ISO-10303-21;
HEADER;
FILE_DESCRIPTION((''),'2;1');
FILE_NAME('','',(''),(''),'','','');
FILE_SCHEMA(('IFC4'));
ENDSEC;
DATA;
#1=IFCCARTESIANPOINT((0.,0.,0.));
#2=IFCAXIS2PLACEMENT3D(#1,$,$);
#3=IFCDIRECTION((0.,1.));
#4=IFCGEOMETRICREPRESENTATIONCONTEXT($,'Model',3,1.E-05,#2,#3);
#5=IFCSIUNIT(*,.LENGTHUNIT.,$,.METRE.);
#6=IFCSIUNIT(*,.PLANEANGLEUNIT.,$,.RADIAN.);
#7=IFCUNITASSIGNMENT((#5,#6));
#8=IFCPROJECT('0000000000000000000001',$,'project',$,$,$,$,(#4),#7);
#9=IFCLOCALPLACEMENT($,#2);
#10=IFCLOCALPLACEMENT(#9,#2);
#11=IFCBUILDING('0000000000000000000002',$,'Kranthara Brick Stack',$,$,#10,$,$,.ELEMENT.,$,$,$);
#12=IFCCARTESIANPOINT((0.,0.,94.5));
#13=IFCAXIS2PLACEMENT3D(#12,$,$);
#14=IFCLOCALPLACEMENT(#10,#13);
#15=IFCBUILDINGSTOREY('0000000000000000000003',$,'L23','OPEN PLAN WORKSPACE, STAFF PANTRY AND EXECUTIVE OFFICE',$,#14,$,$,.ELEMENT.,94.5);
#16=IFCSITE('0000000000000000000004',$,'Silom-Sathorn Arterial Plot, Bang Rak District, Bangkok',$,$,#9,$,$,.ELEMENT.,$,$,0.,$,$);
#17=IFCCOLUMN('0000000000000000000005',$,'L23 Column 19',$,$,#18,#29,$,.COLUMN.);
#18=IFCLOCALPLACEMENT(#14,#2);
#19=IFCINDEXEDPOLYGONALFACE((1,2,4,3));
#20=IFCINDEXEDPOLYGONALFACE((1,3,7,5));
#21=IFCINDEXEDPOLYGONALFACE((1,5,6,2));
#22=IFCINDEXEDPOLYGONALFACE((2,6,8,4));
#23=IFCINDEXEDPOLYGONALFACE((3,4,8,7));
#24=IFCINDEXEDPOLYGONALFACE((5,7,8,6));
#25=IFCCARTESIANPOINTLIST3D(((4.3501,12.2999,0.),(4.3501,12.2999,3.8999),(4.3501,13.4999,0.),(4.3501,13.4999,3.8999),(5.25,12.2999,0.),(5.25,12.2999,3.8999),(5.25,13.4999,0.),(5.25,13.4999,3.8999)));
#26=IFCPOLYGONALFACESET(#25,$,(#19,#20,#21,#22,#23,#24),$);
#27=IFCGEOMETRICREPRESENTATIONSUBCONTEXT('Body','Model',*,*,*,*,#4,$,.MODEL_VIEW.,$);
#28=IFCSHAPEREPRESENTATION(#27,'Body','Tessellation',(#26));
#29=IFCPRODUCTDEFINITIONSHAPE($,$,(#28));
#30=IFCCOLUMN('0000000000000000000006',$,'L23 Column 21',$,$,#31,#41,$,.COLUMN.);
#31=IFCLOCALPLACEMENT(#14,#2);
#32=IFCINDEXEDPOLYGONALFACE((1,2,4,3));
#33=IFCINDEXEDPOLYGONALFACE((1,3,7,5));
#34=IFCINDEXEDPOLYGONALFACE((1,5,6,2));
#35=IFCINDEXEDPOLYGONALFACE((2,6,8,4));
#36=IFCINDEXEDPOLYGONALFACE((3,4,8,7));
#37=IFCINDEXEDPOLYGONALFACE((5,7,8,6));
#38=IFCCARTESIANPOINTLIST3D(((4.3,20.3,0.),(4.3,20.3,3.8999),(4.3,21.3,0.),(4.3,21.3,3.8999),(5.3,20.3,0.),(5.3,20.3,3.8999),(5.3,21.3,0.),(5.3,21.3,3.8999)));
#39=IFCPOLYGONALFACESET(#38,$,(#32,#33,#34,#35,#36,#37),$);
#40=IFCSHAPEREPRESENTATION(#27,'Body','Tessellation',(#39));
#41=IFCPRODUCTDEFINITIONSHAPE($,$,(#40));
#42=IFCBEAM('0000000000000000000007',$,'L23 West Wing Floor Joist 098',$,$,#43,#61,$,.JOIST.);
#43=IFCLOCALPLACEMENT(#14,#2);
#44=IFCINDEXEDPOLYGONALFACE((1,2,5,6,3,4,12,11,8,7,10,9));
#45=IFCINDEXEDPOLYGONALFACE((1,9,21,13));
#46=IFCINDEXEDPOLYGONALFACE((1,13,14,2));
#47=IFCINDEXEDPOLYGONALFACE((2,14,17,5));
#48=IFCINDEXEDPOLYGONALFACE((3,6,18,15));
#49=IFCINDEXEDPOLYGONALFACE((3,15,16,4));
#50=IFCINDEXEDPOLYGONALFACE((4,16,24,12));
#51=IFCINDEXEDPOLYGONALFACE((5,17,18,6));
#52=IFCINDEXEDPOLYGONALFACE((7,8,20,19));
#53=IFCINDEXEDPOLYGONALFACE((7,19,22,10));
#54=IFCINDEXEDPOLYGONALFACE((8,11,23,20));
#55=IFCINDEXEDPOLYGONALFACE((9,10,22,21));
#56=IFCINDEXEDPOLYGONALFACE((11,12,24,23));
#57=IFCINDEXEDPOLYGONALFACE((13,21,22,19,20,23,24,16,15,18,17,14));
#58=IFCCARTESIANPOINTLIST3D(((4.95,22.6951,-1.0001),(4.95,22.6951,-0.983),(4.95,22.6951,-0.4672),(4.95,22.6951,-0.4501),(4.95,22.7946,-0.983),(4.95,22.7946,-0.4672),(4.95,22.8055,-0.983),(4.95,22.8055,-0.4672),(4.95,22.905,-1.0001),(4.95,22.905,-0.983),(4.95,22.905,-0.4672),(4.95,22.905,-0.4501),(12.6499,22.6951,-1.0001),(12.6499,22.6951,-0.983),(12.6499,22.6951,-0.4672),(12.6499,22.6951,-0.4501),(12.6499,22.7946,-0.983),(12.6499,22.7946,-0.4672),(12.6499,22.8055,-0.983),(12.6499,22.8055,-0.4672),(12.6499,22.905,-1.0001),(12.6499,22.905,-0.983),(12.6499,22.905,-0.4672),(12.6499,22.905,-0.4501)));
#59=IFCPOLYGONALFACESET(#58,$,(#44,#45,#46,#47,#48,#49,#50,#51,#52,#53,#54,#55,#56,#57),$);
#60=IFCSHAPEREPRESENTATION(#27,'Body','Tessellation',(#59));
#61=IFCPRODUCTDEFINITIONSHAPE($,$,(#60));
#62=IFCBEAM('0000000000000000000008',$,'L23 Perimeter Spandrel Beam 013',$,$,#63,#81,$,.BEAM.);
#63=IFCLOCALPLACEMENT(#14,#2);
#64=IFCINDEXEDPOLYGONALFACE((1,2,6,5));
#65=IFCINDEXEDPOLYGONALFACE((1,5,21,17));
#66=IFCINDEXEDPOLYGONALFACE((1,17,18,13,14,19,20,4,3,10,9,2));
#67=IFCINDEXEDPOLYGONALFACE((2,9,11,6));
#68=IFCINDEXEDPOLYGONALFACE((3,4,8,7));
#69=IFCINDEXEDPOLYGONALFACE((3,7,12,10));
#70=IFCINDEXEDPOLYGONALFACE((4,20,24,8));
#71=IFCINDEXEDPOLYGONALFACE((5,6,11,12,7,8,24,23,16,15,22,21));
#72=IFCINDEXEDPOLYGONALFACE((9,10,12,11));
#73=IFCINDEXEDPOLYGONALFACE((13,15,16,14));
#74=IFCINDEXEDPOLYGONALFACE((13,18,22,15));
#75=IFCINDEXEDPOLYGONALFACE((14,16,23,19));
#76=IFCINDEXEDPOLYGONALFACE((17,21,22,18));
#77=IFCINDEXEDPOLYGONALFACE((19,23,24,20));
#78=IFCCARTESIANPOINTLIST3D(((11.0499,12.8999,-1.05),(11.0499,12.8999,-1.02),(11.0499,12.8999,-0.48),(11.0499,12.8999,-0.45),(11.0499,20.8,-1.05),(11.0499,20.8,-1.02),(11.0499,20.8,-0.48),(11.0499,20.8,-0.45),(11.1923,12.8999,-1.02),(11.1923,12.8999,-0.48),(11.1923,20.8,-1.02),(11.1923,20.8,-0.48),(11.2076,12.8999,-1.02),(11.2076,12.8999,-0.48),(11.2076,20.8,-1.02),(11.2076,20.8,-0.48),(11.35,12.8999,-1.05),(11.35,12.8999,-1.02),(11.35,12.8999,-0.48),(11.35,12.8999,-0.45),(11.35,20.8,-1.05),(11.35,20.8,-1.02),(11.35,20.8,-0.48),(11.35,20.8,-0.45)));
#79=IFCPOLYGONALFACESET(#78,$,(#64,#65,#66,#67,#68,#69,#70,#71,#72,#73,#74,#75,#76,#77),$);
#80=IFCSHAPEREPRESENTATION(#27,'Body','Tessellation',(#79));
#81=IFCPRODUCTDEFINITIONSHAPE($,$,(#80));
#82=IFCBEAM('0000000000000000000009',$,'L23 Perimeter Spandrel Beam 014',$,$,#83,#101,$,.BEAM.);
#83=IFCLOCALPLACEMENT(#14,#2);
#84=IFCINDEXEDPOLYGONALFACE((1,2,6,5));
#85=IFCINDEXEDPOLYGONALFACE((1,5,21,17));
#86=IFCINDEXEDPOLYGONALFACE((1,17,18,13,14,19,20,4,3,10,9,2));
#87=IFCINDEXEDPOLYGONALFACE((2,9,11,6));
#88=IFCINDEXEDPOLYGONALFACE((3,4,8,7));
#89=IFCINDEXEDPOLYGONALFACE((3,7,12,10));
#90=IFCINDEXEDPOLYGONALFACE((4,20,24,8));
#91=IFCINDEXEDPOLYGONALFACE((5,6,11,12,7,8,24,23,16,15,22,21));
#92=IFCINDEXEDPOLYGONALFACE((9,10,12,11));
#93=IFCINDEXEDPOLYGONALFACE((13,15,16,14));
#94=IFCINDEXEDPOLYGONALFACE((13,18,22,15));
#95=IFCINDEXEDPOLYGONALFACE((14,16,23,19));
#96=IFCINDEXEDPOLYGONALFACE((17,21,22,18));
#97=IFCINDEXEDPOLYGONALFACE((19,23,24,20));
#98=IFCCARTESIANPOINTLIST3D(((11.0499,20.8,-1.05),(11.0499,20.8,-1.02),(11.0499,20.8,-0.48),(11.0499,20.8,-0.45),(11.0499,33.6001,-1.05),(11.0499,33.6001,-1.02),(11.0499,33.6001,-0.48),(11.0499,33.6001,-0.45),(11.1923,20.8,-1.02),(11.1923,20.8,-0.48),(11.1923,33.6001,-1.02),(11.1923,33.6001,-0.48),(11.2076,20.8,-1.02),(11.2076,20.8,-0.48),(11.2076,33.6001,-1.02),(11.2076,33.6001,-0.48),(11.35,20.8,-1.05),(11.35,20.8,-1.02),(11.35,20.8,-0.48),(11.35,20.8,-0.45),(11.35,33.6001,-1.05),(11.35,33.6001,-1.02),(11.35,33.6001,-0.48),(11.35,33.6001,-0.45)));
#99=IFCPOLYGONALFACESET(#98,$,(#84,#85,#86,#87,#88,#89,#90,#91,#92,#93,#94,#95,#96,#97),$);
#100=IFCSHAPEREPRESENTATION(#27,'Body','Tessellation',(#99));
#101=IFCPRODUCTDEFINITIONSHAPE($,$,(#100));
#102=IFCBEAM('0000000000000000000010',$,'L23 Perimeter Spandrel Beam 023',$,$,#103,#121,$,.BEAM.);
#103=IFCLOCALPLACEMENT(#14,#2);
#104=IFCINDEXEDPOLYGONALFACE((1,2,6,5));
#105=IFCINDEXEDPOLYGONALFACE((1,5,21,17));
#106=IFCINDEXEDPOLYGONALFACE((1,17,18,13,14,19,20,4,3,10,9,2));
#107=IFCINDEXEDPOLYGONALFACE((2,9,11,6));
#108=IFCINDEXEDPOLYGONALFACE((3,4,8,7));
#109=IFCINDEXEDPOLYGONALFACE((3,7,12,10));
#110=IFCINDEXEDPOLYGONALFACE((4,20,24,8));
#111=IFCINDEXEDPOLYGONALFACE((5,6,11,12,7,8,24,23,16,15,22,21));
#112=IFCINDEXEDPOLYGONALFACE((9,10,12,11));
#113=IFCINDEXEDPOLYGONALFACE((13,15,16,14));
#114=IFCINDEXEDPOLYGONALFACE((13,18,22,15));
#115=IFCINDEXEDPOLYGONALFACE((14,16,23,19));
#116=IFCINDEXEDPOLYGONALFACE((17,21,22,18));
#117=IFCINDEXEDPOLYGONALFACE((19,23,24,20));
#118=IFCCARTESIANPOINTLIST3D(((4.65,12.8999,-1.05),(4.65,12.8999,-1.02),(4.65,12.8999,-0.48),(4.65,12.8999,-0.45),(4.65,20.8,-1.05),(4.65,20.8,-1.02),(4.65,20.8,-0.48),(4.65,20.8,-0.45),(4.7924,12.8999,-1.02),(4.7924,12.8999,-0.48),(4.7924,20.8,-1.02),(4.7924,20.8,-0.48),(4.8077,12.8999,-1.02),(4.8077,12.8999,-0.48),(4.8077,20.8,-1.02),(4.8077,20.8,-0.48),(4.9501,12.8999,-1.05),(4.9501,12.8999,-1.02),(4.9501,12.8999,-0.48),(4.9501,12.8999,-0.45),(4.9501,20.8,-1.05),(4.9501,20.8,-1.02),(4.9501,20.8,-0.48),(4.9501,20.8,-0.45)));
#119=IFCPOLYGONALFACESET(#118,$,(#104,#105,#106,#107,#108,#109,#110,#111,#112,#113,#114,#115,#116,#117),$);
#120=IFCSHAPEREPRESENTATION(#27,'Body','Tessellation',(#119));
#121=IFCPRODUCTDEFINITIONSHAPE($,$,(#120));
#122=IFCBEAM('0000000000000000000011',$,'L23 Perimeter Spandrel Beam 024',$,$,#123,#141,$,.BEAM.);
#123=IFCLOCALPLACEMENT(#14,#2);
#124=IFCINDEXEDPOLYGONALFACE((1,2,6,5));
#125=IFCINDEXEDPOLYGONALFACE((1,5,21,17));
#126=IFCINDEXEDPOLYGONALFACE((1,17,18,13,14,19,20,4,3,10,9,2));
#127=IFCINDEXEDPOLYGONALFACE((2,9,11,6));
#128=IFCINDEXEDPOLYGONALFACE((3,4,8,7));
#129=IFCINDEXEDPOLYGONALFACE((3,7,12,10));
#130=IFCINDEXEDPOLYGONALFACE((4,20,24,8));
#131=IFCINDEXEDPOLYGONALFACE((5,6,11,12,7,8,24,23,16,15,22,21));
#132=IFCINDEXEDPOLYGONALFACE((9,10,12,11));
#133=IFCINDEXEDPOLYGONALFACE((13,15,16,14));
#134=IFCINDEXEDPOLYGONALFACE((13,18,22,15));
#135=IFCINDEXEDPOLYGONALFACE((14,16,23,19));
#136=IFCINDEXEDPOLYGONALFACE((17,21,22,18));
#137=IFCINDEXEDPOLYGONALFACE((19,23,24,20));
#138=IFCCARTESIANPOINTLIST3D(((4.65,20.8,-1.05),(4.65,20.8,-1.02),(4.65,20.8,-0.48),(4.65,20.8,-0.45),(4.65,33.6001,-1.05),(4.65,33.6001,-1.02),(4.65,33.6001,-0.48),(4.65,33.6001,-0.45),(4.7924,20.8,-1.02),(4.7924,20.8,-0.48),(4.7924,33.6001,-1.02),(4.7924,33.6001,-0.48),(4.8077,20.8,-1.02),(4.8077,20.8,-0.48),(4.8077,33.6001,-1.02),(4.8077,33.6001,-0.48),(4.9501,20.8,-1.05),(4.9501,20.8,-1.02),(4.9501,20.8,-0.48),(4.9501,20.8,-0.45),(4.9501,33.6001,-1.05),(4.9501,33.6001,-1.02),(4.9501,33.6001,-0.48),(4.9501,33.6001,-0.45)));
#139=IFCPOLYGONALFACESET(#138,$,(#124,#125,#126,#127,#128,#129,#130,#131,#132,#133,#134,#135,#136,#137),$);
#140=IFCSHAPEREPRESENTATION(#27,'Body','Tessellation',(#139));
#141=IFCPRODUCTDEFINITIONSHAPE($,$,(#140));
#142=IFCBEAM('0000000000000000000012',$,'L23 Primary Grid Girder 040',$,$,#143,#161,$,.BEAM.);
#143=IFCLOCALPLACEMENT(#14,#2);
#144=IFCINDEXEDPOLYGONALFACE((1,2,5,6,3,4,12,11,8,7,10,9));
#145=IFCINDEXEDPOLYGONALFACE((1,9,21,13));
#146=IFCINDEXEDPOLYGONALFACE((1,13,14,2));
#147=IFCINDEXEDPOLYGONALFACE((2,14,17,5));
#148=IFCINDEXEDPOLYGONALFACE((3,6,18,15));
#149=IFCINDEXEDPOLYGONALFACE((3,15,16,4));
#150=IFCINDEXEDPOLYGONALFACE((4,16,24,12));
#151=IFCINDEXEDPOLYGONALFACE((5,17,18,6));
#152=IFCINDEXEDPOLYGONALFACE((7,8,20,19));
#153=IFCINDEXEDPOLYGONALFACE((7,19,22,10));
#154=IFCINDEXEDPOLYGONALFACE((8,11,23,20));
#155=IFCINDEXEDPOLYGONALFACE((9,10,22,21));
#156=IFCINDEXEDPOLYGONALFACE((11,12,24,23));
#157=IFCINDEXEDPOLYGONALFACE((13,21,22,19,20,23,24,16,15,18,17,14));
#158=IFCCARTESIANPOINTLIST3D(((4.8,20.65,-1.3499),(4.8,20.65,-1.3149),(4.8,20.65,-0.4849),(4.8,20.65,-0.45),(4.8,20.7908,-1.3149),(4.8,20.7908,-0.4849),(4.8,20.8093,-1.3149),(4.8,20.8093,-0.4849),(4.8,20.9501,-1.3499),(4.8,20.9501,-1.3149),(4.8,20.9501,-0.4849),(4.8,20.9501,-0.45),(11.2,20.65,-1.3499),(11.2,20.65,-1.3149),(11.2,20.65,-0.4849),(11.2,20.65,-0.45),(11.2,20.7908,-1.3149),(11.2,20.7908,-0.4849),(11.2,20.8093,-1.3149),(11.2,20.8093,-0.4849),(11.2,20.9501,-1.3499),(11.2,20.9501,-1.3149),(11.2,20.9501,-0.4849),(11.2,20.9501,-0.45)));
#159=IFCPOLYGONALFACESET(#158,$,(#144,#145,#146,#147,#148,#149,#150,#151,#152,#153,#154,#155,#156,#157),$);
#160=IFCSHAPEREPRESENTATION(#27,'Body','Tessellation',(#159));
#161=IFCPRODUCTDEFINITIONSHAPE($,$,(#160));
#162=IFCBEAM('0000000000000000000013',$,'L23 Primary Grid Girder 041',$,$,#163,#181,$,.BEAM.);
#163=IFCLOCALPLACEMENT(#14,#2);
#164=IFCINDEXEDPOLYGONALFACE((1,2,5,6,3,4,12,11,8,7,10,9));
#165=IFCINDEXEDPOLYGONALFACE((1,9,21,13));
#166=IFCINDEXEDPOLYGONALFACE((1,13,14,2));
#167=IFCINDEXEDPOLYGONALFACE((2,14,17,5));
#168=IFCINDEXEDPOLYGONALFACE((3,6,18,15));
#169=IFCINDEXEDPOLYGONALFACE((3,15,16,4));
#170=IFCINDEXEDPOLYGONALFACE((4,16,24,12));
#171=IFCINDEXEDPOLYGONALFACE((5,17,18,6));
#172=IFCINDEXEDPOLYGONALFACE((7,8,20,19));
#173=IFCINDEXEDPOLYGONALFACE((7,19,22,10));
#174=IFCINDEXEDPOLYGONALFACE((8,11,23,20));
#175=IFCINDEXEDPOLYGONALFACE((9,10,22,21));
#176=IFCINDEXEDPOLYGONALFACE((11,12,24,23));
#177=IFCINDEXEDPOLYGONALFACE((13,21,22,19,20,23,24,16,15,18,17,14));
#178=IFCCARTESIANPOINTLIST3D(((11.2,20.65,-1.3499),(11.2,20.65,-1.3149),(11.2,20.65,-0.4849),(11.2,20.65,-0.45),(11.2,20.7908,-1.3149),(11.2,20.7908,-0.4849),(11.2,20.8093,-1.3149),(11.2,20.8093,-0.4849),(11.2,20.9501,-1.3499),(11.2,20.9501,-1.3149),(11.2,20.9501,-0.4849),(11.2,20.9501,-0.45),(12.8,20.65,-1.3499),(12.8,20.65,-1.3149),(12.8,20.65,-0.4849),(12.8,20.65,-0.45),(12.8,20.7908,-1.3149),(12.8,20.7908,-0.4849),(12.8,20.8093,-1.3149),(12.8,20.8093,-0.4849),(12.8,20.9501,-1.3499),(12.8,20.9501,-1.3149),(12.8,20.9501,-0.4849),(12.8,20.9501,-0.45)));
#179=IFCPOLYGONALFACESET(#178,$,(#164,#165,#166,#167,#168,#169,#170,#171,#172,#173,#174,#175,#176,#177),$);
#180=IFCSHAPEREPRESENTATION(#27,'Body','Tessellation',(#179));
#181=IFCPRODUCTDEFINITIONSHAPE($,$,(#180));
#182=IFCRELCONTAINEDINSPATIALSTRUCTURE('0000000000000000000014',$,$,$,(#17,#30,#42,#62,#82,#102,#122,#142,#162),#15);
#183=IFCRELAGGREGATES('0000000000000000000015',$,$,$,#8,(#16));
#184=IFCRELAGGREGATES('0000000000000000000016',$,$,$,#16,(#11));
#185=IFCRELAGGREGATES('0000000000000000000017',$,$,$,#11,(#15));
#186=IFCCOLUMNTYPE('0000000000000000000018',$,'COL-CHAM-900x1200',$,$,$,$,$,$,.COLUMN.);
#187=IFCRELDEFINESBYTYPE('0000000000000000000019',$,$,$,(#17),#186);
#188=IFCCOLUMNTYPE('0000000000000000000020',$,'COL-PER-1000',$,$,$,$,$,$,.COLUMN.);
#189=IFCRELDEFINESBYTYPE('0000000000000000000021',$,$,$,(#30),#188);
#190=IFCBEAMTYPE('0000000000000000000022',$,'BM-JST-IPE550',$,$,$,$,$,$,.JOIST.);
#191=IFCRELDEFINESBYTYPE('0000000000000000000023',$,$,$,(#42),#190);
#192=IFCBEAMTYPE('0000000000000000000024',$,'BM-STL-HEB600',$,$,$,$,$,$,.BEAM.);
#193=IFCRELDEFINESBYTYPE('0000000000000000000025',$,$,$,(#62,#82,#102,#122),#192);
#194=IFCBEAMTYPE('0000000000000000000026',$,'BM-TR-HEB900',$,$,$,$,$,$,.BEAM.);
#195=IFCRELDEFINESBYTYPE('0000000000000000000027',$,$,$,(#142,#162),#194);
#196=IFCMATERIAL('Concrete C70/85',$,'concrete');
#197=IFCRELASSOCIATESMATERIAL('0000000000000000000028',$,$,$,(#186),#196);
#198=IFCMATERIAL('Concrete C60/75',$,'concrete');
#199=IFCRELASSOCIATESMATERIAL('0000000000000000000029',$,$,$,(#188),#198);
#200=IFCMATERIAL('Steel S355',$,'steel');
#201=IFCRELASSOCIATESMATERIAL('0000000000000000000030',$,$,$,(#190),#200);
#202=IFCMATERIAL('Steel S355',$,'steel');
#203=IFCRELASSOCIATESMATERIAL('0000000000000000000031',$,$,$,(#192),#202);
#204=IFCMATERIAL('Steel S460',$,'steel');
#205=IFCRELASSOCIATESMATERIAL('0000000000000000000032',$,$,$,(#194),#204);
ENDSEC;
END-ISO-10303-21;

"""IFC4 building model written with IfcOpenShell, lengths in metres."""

from ifc_helpers import new_model, si_unit, direction, frame, origin, origin_2d, place, context, subcontext, project, spatial, rectangle, i_section, extrude, material, material_profile, profile_set, type_object, element, save


model = new_model("IFC4")

# Units and contexts
model_context = context("Model", 3, precision=1e-05, world=origin(), true_north=direction((0.0, 1.0)))
body_context = subcontext(model_context, "Body", "Model", "MODEL_VIEW")
ifc_project = project(units=[si_unit("LENGTHUNIT", "METRE"), si_unit("PLANEANGLEUNIT", "RADIAN")], contexts=[model_context])

# Site, building, storey
site_placement = place(None, origin())
site = spatial("IfcSite", under=ifc_project, at=site_placement, Name="Silom-Sathorn Arterial Plot, Bang Rak District, Bangkok", CompositionType="ELEMENT", RefElevation=0.0)
building_placement = place(site_placement, origin())
building = spatial("IfcBuilding", under=site, at=building_placement, Name="Kranthara Brick Stack", CompositionType="ELEMENT")
storey_placement = place(building_placement, frame((0.0, 0.0, 94.5)))
storey = spatial("IfcBuildingStorey", under=building, at=storey_placement, Name="L23", Description="OPEN PLAN WORKSPACE, STAFF PANTRY AND EXECUTIVE OFFICE", CompositionType="ELEMENT", Elevation=94.5)

# Columns
ifc_material_1 = material(Name="Concrete C70/85", Category="concrete")
ifc_material_profile_1 = material_profile(ifc_material_1, rectangle(XDim=0.8999, YDim=1.2, at=origin_2d()), Name="RC 900x1200")
ifc_profile_set_1 = profile_set([ifc_material_profile_1], Name="Concrete C70/85")
column_type_1 = type_object("IfcColumnType", Name="COL-CHAM-900x1200", PredefinedType="COLUMN", material=ifc_profile_set_1)
column_1_placement = place(storey_placement, frame((4.8, 12.8999, 0.0), z_axis=(0.0, 0.0, 1.0), x_axis=(1.0, 0.0, 0.0)))
element("IfcColumn", 1, at=column_1_placement, inside=storey, type_object=column_type_1, Name="L23 Column 19", PredefinedType="COLUMN", context=body_context, shape_type="SweptSolid", body=[
    extrude(rectangle(XDim=0.8999, YDim=1.2, at=origin_2d()), origin(), (0.0, 0.0, 1.0), 3.8999),
])
ifc_material_2 = material(Name="Concrete C60/75", Category="concrete")
ifc_material_profile_2 = material_profile(ifc_material_2, rectangle(XDim=1.0, YDim=1.0, at=origin_2d()), Name="RC 1000x1000")
ifc_profile_set_2 = profile_set([ifc_material_profile_2], Name="Concrete C60/75")
column_type_2 = type_object("IfcColumnType", Name="COL-PER-1000", PredefinedType="COLUMN", material=ifc_profile_set_2)
column_2_placement = place(storey_placement, frame((4.8, 20.8, 0.0), z_axis=(0.0, 0.0, 1.0), x_axis=(1.0, 0.0, 0.0)))
element("IfcColumn", 2, at=column_2_placement, inside=storey, type_object=column_type_2, Name="L23 Column 21", PredefinedType="COLUMN", context=body_context, shape_type="SweptSolid", body=[
    extrude(rectangle(XDim=1.0, YDim=1.0, at=origin_2d()), origin(), (0.0, 0.0, 1.0), 3.8999),
])

# Beams
ifc_material_3 = material(Name="Steel S355", Category="steel")
ifc_material_profile_3 = material_profile(ifc_material_3, i_section(OverallWidth=0.21, OverallDepth=0.55, WebThickness=0.011, FlangeThickness=0.0171, at=origin_2d()), Name="IPE 550")
ifc_profile_set_3 = profile_set([ifc_material_profile_3], Name="Steel S355")
beam_type_1 = type_object("IfcBeamType", Name="BM-JST-IPE550", PredefinedType="JOIST", material=ifc_profile_set_3)
beam_1_placement = place(storey_placement, frame((4.95, 22.8, -0.7251), z_axis=(1.0, 0.0, 0.0), x_axis=(0.0, 1.0, 0.0)))
element("IfcBeam", 3, at=beam_1_placement, inside=storey, type_object=beam_type_1, Name="L23 West Wing Floor Joist 098", PredefinedType="JOIST", context=body_context, shape_type="SweptSolid", body=[
    extrude(i_section(OverallWidth=0.21, OverallDepth=0.55, WebThickness=0.011, FlangeThickness=0.0171, at=origin_2d()), origin(), (0.0, 0.0, 1.0), 7.7),
])
ifc_material_4 = material(Name="Steel S355", Category="steel")
ifc_material_profile_4 = material_profile(ifc_material_4, i_section(OverallWidth=0.3, OverallDepth=0.6001, WebThickness=0.0154, FlangeThickness=0.03, at=origin_2d()), Name="HEB 600")
ifc_profile_set_4 = profile_set([ifc_material_profile_4], Name="Steel S355")
beam_type_2 = type_object("IfcBeamType", Name="BM-STL-HEB600", PredefinedType="BEAM", material=ifc_profile_set_4)
beam_2_placement = place(storey_placement, frame((11.2, 12.8999, -0.75), z_axis=(0.0, 1.0, 0.0), x_axis=(-1.0, 0.0, 0.0)))
element("IfcBeam", 4, at=beam_2_placement, inside=storey, type_object=beam_type_2, Name="L23 Perimeter Spandrel Beam 013", PredefinedType="BEAM", context=body_context, shape_type="SweptSolid", body=[
    extrude(i_section(OverallWidth=0.3, OverallDepth=0.6001, WebThickness=0.0154, FlangeThickness=0.03, at=origin_2d()), origin(), (0.0, 0.0, 1.0), 7.9001),
])
beam_3_placement = place(storey_placement, frame((11.2, 20.8, -0.75), z_axis=(0.0, 1.0, 0.0), x_axis=(-1.0, 0.0, 0.0)))
element("IfcBeam", 5, at=beam_3_placement, inside=storey, type_object=beam_type_2, Name="L23 Perimeter Spandrel Beam 014", PredefinedType="BEAM", context=body_context, shape_type="SweptSolid", body=[
    extrude(i_section(OverallWidth=0.3, OverallDepth=0.6001, WebThickness=0.0154, FlangeThickness=0.03, at=origin_2d()), origin(), (0.0, 0.0, 1.0), 12.8),
])
beam_4_placement = place(storey_placement, frame((4.8, 12.8999, -0.75), z_axis=(0.0, 1.0, 0.0), x_axis=(-1.0, 0.0, 0.0)))
element("IfcBeam", 6, at=beam_4_placement, inside=storey, type_object=beam_type_2, Name="L23 Perimeter Spandrel Beam 023", PredefinedType="BEAM", context=body_context, shape_type="SweptSolid", body=[
    extrude(i_section(OverallWidth=0.3, OverallDepth=0.6001, WebThickness=0.0154, FlangeThickness=0.03, at=origin_2d()), origin(), (0.0, 0.0, 1.0), 7.9001),
])
beam_5_placement = place(storey_placement, frame((4.8, 20.8, -0.75), z_axis=(0.0, 1.0, 0.0), x_axis=(-1.0, 0.0, 0.0)))
element("IfcBeam", 7, at=beam_5_placement, inside=storey, type_object=beam_type_2, Name="L23 Perimeter Spandrel Beam 024", PredefinedType="BEAM", context=body_context, shape_type="SweptSolid", body=[
    extrude(i_section(OverallWidth=0.3, OverallDepth=0.6001, WebThickness=0.0154, FlangeThickness=0.03, at=origin_2d()), origin(), (0.0, 0.0, 1.0), 12.8),
])
ifc_material_5 = material(Name="Steel S460", Category="steel")
ifc_material_profile_5 = material_profile(ifc_material_5, i_section(OverallWidth=0.3, OverallDepth=0.8999, WebThickness=0.0186, FlangeThickness=0.0349, at=origin_2d()), Name="HEB 900")
ifc_profile_set_5 = profile_set([ifc_material_profile_5], Name="Steel S460")
beam_type_3 = type_object("IfcBeamType", Name="BM-TR-HEB900", PredefinedType="BEAM", material=ifc_profile_set_5)
beam_6_placement = place(storey_placement, frame((4.8, 20.8, -0.8999), z_axis=(1.0, 0.0, 0.0), x_axis=(0.0, 1.0, 0.0)))
element("IfcBeam", 8, at=beam_6_placement, inside=storey, type_object=beam_type_3, Name="L23 Primary Grid Girder 040", PredefinedType="BEAM", context=body_context, shape_type="SweptSolid", body=[
    extrude(i_section(OverallWidth=0.3, OverallDepth=0.8999, WebThickness=0.0186, FlangeThickness=0.0349, at=origin_2d()), origin(), (0.0, 0.0, 1.0), 6.3999),
])
beam_7_placement = place(storey_placement, frame((11.2, 20.8, -0.8999), z_axis=(1.0, 0.0, 0.0), x_axis=(0.0, 1.0, 0.0)))
element("IfcBeam", 9, at=beam_7_placement, inside=storey, type_object=beam_type_3, Name="L23 Primary Grid Girder 041", PredefinedType="BEAM", context=body_context, shape_type="SweptSolid", body=[
    extrude(i_section(OverallWidth=0.3, OverallDepth=0.8999, WebThickness=0.0186, FlangeThickness=0.0349, at=origin_2d()), origin(), (0.0, 0.0, 1.0), 1.6001),
])

save(model, "model.ifc")
